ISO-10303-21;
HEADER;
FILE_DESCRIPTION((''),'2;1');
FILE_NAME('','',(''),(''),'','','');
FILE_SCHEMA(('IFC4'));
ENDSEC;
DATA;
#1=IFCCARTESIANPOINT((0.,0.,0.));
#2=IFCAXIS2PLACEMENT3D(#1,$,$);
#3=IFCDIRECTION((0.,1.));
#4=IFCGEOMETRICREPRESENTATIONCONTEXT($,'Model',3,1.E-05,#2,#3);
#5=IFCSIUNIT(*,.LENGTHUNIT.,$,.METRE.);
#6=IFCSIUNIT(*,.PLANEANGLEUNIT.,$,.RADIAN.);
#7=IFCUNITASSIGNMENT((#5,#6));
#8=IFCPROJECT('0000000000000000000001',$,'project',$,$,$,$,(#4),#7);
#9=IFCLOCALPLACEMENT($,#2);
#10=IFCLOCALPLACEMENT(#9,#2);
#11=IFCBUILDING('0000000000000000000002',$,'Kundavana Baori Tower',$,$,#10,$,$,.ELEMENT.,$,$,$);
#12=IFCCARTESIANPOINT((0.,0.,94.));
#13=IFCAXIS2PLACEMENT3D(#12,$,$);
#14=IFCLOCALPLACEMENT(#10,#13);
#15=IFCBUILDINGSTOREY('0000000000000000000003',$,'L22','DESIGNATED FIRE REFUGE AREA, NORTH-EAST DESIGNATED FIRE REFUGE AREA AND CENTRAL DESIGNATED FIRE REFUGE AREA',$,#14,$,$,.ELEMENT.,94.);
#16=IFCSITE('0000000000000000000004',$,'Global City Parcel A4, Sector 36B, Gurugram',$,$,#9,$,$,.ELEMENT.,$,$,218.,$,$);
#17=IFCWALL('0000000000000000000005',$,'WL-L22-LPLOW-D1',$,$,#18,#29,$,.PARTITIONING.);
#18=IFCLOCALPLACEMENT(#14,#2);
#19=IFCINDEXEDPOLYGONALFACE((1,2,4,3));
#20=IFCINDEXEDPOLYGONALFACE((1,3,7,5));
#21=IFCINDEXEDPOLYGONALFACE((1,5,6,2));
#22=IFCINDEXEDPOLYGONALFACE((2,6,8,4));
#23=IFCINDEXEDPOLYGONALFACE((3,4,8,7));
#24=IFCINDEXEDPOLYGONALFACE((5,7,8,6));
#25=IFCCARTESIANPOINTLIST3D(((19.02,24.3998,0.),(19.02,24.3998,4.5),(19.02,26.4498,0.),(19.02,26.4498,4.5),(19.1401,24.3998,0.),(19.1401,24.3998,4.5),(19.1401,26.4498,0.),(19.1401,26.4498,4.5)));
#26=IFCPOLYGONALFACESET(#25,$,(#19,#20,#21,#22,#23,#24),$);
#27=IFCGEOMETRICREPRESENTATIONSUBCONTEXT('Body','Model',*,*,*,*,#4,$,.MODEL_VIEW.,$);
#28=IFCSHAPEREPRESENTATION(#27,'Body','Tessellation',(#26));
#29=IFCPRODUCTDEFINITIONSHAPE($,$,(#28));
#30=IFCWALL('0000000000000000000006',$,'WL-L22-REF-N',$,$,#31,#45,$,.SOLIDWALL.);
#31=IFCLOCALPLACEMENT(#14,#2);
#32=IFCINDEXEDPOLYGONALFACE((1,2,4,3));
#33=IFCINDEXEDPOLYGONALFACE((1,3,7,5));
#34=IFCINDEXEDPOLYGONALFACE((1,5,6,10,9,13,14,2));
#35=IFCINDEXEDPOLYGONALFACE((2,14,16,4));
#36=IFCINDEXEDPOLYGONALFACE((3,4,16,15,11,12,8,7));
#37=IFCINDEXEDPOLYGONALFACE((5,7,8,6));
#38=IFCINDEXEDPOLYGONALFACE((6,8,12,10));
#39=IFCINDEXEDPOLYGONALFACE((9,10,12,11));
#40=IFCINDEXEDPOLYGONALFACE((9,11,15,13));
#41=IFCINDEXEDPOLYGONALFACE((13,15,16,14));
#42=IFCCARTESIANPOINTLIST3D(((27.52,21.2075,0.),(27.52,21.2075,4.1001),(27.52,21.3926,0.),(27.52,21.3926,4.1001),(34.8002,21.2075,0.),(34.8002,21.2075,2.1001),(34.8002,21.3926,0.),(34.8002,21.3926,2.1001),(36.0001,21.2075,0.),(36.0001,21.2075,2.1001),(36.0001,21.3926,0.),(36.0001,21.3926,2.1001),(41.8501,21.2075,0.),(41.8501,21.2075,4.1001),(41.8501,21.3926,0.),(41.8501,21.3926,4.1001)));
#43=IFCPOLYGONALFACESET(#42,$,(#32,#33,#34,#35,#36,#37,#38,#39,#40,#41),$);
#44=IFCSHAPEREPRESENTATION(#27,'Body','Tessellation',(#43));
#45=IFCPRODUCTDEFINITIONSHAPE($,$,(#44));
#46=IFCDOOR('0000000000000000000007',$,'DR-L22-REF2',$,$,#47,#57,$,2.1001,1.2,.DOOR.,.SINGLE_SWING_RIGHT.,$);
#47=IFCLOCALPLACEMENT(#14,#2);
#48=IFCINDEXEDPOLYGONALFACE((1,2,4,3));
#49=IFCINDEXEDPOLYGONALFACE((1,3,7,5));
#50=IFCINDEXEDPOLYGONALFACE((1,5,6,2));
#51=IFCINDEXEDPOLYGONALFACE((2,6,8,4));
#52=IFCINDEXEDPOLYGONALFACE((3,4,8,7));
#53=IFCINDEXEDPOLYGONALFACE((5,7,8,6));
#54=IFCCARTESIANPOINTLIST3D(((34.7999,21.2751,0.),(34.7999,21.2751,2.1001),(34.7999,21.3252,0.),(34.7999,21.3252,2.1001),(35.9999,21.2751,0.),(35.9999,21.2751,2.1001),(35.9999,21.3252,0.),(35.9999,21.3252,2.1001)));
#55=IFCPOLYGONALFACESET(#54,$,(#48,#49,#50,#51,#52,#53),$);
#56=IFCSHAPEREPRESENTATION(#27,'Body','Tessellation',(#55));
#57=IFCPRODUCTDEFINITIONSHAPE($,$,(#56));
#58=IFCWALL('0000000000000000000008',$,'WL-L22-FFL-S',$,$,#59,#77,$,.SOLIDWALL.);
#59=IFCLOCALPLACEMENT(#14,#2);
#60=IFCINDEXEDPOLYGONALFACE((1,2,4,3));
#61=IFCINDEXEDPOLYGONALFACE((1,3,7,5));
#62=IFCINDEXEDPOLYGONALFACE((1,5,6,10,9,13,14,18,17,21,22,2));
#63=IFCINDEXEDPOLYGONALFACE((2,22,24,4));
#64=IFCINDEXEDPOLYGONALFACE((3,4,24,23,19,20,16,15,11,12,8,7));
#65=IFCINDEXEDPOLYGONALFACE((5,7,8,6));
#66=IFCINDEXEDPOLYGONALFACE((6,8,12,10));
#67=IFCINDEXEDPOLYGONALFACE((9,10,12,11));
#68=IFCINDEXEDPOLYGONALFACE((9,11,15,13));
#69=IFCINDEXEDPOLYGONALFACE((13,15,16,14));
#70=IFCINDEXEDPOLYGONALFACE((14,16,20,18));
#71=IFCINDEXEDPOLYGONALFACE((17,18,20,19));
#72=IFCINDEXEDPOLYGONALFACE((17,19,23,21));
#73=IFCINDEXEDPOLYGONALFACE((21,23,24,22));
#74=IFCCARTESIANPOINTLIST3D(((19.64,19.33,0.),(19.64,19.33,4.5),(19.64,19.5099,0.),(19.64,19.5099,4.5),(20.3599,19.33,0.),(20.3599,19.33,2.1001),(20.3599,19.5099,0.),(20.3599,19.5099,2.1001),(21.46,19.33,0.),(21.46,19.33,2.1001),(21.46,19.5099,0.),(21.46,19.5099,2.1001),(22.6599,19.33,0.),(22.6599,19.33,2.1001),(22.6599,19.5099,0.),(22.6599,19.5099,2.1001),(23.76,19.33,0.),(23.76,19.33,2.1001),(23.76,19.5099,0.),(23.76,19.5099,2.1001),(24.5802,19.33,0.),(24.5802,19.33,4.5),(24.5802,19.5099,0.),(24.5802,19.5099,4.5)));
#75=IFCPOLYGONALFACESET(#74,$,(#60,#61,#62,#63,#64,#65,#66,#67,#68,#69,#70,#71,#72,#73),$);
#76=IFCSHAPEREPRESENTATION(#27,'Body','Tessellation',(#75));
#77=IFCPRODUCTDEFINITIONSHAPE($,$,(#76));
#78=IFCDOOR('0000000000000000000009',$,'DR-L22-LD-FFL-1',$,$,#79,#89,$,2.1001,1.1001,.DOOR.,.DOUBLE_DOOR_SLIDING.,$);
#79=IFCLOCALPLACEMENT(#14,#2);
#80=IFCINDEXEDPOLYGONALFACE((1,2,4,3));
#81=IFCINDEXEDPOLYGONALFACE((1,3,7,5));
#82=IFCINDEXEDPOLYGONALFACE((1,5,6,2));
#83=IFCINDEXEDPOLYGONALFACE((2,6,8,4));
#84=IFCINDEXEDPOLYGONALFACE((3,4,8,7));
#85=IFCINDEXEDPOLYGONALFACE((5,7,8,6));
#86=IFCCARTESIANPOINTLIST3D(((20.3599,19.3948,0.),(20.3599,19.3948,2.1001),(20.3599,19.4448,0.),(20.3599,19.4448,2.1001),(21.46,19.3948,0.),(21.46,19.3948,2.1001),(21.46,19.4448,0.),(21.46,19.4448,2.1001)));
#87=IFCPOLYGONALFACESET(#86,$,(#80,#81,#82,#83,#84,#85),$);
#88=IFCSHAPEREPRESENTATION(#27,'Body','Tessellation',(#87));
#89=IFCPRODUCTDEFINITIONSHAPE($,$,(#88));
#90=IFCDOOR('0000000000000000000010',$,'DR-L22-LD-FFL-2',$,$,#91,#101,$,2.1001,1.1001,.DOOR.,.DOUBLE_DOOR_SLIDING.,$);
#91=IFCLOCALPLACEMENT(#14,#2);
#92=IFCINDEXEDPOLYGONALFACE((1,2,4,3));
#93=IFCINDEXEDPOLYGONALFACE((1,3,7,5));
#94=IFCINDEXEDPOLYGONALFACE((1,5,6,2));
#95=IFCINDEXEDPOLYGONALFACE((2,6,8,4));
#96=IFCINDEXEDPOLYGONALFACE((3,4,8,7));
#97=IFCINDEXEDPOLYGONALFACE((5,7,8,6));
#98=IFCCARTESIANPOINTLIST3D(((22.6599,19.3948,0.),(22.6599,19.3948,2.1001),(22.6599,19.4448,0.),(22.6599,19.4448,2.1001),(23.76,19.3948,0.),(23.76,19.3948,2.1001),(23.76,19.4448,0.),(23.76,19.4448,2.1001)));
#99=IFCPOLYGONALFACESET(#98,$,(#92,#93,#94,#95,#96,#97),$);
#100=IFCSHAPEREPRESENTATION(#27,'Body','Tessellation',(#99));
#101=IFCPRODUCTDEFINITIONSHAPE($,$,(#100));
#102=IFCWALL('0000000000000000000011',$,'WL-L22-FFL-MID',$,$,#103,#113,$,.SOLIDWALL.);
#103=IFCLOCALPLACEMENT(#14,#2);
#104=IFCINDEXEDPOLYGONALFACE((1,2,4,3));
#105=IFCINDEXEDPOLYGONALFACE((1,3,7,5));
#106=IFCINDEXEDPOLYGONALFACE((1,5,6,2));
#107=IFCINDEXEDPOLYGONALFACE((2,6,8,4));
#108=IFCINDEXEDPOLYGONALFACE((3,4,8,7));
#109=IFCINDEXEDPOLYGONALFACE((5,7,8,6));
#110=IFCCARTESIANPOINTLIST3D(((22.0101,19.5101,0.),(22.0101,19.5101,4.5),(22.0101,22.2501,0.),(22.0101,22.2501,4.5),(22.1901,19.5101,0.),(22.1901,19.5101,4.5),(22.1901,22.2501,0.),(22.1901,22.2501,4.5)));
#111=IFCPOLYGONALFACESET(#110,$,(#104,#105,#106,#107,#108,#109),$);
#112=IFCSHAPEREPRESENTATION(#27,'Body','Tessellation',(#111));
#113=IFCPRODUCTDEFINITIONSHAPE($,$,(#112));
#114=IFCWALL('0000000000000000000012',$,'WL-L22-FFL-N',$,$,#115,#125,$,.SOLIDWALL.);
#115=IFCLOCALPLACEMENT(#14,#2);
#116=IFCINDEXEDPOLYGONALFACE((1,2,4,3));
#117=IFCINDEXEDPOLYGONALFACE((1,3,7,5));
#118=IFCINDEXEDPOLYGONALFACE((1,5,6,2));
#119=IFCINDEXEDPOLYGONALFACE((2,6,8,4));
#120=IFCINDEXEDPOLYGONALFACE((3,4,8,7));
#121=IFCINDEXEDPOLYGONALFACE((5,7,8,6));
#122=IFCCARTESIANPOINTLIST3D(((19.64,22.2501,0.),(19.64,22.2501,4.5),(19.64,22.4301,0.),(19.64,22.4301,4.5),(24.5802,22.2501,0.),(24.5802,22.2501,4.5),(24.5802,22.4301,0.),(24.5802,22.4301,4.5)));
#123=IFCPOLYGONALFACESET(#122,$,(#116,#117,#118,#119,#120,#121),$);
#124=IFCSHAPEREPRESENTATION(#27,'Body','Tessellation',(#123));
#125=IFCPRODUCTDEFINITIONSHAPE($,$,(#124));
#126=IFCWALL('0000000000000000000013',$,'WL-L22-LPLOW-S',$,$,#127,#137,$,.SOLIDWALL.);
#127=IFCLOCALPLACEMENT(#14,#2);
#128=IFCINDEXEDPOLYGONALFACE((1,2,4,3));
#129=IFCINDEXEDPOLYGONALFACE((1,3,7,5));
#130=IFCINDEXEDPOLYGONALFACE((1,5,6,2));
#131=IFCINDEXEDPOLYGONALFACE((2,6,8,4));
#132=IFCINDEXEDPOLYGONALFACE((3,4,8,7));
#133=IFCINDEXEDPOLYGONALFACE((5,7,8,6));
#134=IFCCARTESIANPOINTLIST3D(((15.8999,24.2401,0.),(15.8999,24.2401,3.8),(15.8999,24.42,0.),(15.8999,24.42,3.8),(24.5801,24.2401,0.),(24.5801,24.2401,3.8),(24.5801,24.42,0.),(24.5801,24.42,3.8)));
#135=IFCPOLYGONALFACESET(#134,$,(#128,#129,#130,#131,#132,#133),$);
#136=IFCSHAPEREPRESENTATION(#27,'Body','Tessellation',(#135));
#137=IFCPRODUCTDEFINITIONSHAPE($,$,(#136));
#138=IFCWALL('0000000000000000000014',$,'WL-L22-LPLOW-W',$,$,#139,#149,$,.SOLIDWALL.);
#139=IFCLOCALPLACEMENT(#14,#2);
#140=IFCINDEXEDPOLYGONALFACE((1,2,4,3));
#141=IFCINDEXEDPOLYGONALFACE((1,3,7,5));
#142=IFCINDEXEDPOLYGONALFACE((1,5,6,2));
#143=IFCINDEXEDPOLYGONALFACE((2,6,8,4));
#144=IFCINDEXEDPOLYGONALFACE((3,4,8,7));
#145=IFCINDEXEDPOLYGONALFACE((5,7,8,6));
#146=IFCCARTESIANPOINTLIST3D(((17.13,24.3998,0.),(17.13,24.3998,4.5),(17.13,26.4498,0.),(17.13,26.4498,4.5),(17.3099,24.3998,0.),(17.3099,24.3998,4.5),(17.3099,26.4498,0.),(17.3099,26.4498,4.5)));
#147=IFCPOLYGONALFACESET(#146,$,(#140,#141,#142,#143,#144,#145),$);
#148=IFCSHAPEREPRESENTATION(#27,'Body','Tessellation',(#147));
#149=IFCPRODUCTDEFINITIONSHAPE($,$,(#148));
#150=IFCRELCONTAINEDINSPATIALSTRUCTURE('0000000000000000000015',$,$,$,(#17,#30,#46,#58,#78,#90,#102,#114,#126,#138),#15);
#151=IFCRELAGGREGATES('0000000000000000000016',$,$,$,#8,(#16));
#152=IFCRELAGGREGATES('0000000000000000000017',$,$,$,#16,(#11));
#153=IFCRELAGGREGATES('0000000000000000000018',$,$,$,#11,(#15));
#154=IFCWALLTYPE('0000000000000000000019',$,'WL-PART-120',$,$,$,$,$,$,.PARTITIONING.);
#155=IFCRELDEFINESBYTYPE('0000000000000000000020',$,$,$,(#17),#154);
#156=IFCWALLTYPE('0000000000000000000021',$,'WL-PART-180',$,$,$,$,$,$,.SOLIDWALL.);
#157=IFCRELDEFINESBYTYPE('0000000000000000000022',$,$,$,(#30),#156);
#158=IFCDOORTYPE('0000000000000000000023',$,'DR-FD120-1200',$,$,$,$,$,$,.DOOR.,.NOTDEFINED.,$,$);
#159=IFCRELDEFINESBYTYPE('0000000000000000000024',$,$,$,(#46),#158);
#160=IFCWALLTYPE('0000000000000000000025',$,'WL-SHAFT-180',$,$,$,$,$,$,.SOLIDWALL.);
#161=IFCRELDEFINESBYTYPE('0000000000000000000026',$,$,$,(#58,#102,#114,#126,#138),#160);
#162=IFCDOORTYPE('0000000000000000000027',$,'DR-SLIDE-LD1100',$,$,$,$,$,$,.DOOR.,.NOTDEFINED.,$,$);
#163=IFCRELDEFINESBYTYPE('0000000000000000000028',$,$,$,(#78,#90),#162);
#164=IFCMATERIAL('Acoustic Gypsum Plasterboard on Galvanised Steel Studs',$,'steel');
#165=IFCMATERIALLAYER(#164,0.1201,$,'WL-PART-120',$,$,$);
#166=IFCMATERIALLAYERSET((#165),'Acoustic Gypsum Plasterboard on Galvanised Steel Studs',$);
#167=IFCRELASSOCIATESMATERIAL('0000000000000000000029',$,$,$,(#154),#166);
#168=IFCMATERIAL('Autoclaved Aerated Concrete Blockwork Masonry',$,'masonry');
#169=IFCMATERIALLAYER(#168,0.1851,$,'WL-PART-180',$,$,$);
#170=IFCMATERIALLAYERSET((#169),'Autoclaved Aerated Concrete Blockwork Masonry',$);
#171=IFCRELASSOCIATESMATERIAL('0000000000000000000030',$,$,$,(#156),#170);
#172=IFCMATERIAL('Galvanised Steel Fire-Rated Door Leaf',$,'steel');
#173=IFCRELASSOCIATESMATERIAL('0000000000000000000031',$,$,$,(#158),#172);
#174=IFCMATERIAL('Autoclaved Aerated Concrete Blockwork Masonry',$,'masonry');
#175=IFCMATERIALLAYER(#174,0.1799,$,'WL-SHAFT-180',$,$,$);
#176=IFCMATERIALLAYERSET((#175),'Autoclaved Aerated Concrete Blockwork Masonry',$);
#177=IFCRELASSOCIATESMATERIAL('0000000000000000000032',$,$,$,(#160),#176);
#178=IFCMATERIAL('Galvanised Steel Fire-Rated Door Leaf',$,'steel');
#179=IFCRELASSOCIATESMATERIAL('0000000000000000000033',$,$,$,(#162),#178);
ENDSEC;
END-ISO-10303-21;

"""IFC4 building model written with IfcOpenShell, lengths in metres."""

from ifc_helpers import new_model, si_unit, direction, frame, frame_2d, origin, place, context, subcontext, project, spatial, rectangle, extrude, material, layer, layer_set, type_object, element, fill, save


model = new_model("IFC4")

# Units and contexts
model_context = context("Model", 3, precision=1e-05, world=origin(), true_north=direction((0.0, 1.0)))
body_context = subcontext(model_context, "Body", "Model", "MODEL_VIEW")
ifc_project = project(units=[si_unit("LENGTHUNIT", "METRE"), si_unit("PLANEANGLEUNIT", "RADIAN")], contexts=[model_context])

# Site, building, storey
site_placement = place(None, origin())
site = spatial("IfcSite", under=ifc_project, at=site_placement, Name="Global City Parcel A4, Sector 36B, Gurugram", CompositionType="ELEMENT", RefElevation=218.0)
building_placement = place(site_placement, origin())
building = spatial("IfcBuilding", under=site, at=building_placement, Name="Kundavana Baori Tower", CompositionType="ELEMENT")
storey_placement = place(building_placement, frame((0.0, 0.0, 94.0)))
storey = spatial("IfcBuildingStorey", under=building, at=storey_placement, Name="L22", Description="DESIGNATED FIRE REFUGE AREA, NORTH-EAST DESIGNATED FIRE REFUGE AREA AND CENTRAL DESIGNATED FIRE REFUGE AREA", CompositionType="ELEMENT", Elevation=94.0)

# Shared definitions
ifc_material_1 = material(Name="Acoustic Gypsum Plasterboard on Galvanised Steel Studs", Category="steel")
ifc_layer_1 = layer(ifc_material_1, 0.1201, Name="WL-PART-120")
ifc_layer_set_1 = layer_set([ifc_layer_1], Name="Acoustic Gypsum Plasterboard on Galvanised Steel Studs")
wall_type_1 = type_object("IfcWallType", Name="WL-PART-120", PredefinedType="PARTITIONING", material=ifc_layer_set_1)

# Wall
wall_1_placement = place(storey_placement, frame((19.0801, 24.3999, 0.0), z_axis=(0.0, 0.0, 1.0), x_axis=(0.0, 1.0, 0.0)))
element("IfcWall", 1, at=wall_1_placement, inside=storey, type_object=wall_type_1, Name="WL-L22-LPLOW-D1", PredefinedType="PARTITIONING", context=body_context, shape_type="SweptSolid", body=[
    extrude(rectangle(XDim=2.05, YDim=0.1201, at=frame_2d((1.0249, 0.0))), origin(), (0.0, 0.0, 1.0), 4.5),
])

# Wall, opening, door
ifc_material_2 = material(Name="Autoclaved Aerated Concrete Blockwork Masonry", Category="masonry")
ifc_layer_2 = layer(ifc_material_2, 0.1851, Name="WL-PART-180")
ifc_layer_set_2 = layer_set([ifc_layer_2], Name="Autoclaved Aerated Concrete Blockwork Masonry")
wall_type_2 = type_object("IfcWallType", Name="WL-PART-180", PredefinedType="SOLIDWALL", material=ifc_layer_set_2)
wall_2_placement = place(storey_placement, frame((27.52, 21.3, 0.0), z_axis=(0.0, 0.0, 1.0), x_axis=(1.0, 0.0, 0.0)))
wall_2 = element("IfcWall", 2, at=wall_2_placement, inside=storey, type_object=wall_type_2, Name="WL-L22-REF-N", PredefinedType="SOLIDWALL", context=body_context, shape_type="SweptSolid", body=[
    extrude(rectangle(XDim=14.3301, YDim=0.1851, at=frame_2d((7.165, 0.0))), origin(), (0.0, 0.0, 1.0), 4.1001),
])
opening_1_placement = place(wall_2_placement, frame((7.28, 0.0, 0.0)))
opening_1 = element("IfcOpeningElement", 3, at=opening_1_placement, cuts=wall_2, PredefinedType="OPENING", context=body_context, shape_type="SweptSolid", body=[
    extrude(rectangle(XDim=1.2, YDim=2.1001, at=frame_2d((0.6001, 1.05))), frame((0.0, 0.1025, 0.0), z_axis=(0.0, -1.0, 0.0), x_axis=(1.0, 0.0, 0.0)), (0.0, 0.0, 1.0), 0.2051),
])
ifc_material_3 = material(Name="Galvanised Steel Fire-Rated Door Leaf", Category="steel")
door_type_1 = type_object("IfcDoorType", Name="DR-FD120-1200", OperationType="NOTDEFINED", PredefinedType="DOOR", material=ifc_material_3)
door_1_placement = place(opening_1_placement, frame((1.2, 0.0, 0.0), z_axis=(0.0, 0.0, 1.0), x_axis=(-1.0, 0.0, 0.0)))
door_1 = element("IfcDoor", 4, at=door_1_placement, inside=storey, type_object=door_type_1, Name="DR-L22-REF2", OperationType="SINGLE_SWING_RIGHT", OverallHeight=2.1001, OverallWidth=1.2, PredefinedType="DOOR", context=body_context, shape_type="SweptSolid", body=[
    extrude(rectangle(XDim=1.2, YDim=2.1001, at=frame_2d((0.6001, 1.05))), frame((0.0, 0.0249, 0.0), z_axis=(0.0, -1.0, 0.0), x_axis=(1.0, 0.0, 0.0)), (0.0, 0.0, 1.0), 0.05),
])
fill(opening_1, door_1)

# Wall, openings, doors
ifc_material_4 = material(Name="Autoclaved Aerated Concrete Blockwork Masonry", Category="masonry")
ifc_layer_3 = layer(ifc_material_4, 0.1799, Name="WL-SHAFT-180")
ifc_layer_set_3 = layer_set([ifc_layer_3], Name="Autoclaved Aerated Concrete Blockwork Masonry")
wall_type_3 = type_object("IfcWallType", Name="WL-SHAFT-180", PredefinedType="SOLIDWALL", material=ifc_layer_set_3)
wall_3_placement = place(storey_placement, frame((19.6399, 19.4199, 0.0), z_axis=(0.0, 0.0, 1.0), x_axis=(1.0, 0.0, 0.0)))
wall_3 = element("IfcWall", 5, at=wall_3_placement, inside=storey, type_object=wall_type_3, Name="WL-L22-FFL-S", PredefinedType="SOLIDWALL", context=body_context, shape_type="SweptSolid", body=[
    extrude(rectangle(XDim=4.9402, YDim=0.1799, at=frame_2d((2.4702, 0.0))), origin(), (0.0, 0.0, 1.0), 4.5),
])
opening_2_placement = place(wall_3_placement, frame((0.72, 0.0, 0.0)))
opening_2 = element("IfcOpeningElement", 6, at=opening_2_placement, cuts=wall_3, PredefinedType="OPENING", context=body_context, shape_type="SweptSolid", body=[
    extrude(rectangle(XDim=1.1001, YDim=2.1001, at=frame_2d((0.55, 1.05))), frame((0.0, 0.1001, 0.0), z_axis=(0.0, -1.0, 0.0), x_axis=(1.0, 0.0, 0.0)), (0.0, 0.0, 1.0), 0.2),
])
opening_3_placement = place(wall_3_placement, frame((3.02, 0.0, 0.0)))
opening_3 = element("IfcOpeningElement", 7, at=opening_3_placement, cuts=wall_3, PredefinedType="OPENING", context=body_context, shape_type="SweptSolid", body=[
    extrude(rectangle(XDim=1.1001, YDim=2.1001, at=frame_2d((0.55, 1.05))), frame((0.0, 0.1001, 0.0), z_axis=(0.0, -1.0, 0.0), x_axis=(1.0, 0.0, 0.0)), (0.0, 0.0, 1.0), 0.2),
])
ifc_material_5 = material(Name="Galvanised Steel Fire-Rated Door Leaf", Category="steel")
door_type_2 = type_object("IfcDoorType", Name="DR-SLIDE-LD1100", OperationType="NOTDEFINED", PredefinedType="DOOR", material=ifc_material_5)
door_2_placement = place(opening_2_placement, origin())
door_2 = element("IfcDoor", 8, at=door_2_placement, inside=storey, type_object=door_type_2, Name="DR-L22-LD-FFL-1", OperationType="DOUBLE_DOOR_SLIDING", OverallHeight=2.1001, OverallWidth=1.1001, PredefinedType="DOOR", context=body_context, shape_type="SweptSolid", body=[
    extrude(rectangle(XDim=1.1001, YDim=2.1001, at=frame_2d((0.55, 1.05))), frame((0.0, 0.0249, 0.0), z_axis=(0.0, -1.0, 0.0), x_axis=(1.0, 0.0, 0.0)), (0.0, 0.0, 1.0), 0.05),
])
fill(opening_2, door_2)
door_3_placement = place(opening_3_placement, origin())
door_3 = element("IfcDoor", 9, at=door_3_placement, inside=storey, type_object=door_type_2, Name="DR-L22-LD-FFL-2", OperationType="DOUBLE_DOOR_SLIDING", OverallHeight=2.1001, OverallWidth=1.1001, PredefinedType="DOOR", context=body_context, shape_type="SweptSolid", body=[
    extrude(rectangle(XDim=1.1001, YDim=2.1001, at=frame_2d((0.55, 1.05))), frame((0.0, 0.0249, 0.0), z_axis=(0.0, -1.0, 0.0), x_axis=(1.0, 0.0, 0.0)), (0.0, 0.0, 1.0), 0.05),
])
fill(opening_3, door_3)

# Walls
wall_4_placement = place(storey_placement, frame((22.1001, 19.51, 0.0), z_axis=(0.0, 0.0, 1.0), x_axis=(0.0, 1.0, 0.0)))
element("IfcWall", 10, at=wall_4_placement, inside=storey, type_object=wall_type_3, Name="WL-L22-FFL-MID", PredefinedType="SOLIDWALL", context=body_context, shape_type="SweptSolid", body=[
    extrude(rectangle(XDim=2.74, YDim=0.1799, at=frame_2d((1.3701, 0.0))), origin(), (0.0, 0.0, 1.0), 4.5),
])
wall_5_placement = place(storey_placement, frame((19.6399, 22.3401, 0.0), z_axis=(0.0, 0.0, 1.0), x_axis=(1.0, 0.0, 0.0)))
element("IfcWall", 11, at=wall_5_placement, inside=storey, type_object=wall_type_3, Name="WL-L22-FFL-N", PredefinedType="SOLIDWALL", context=body_context, shape_type="SweptSolid", body=[
    extrude(rectangle(XDim=4.9402, YDim=0.1799, at=frame_2d((2.4702, 0.0))), origin(), (0.0, 0.0, 1.0), 4.5),
])
wall_6_placement = place(storey_placement, frame((15.8999, 24.3301, 0.0), z_axis=(0.0, 0.0, 1.0), x_axis=(1.0, 0.0, 0.0)))
element("IfcWall", 12, at=wall_6_placement, inside=storey, type_object=wall_type_3, Name="WL-L22-LPLOW-S", PredefinedType="SOLIDWALL", context=body_context, shape_type="SweptSolid", body=[
    extrude(rectangle(XDim=8.6802, YDim=0.1799, at=frame_2d((4.3401, 0.0))), origin(), (0.0, 0.0, 1.0), 3.8),
])
wall_7_placement = place(storey_placement, frame((17.22, 24.3999, 0.0), z_axis=(0.0, 0.0, 1.0), x_axis=(0.0, 1.0, 0.0)))
element("IfcWall", 13, at=wall_7_placement, inside=storey, type_object=wall_type_3, Name="WL-L22-LPLOW-W", PredefinedType="SOLIDWALL", context=body_context, shape_type="SweptSolid", body=[
    extrude(rectangle(XDim=2.05, YDim=0.1799, at=frame_2d((1.0249, 0.0))), origin(), (0.0, 0.0, 1.0), 4.5),
])

save(model, "model.ifc")
